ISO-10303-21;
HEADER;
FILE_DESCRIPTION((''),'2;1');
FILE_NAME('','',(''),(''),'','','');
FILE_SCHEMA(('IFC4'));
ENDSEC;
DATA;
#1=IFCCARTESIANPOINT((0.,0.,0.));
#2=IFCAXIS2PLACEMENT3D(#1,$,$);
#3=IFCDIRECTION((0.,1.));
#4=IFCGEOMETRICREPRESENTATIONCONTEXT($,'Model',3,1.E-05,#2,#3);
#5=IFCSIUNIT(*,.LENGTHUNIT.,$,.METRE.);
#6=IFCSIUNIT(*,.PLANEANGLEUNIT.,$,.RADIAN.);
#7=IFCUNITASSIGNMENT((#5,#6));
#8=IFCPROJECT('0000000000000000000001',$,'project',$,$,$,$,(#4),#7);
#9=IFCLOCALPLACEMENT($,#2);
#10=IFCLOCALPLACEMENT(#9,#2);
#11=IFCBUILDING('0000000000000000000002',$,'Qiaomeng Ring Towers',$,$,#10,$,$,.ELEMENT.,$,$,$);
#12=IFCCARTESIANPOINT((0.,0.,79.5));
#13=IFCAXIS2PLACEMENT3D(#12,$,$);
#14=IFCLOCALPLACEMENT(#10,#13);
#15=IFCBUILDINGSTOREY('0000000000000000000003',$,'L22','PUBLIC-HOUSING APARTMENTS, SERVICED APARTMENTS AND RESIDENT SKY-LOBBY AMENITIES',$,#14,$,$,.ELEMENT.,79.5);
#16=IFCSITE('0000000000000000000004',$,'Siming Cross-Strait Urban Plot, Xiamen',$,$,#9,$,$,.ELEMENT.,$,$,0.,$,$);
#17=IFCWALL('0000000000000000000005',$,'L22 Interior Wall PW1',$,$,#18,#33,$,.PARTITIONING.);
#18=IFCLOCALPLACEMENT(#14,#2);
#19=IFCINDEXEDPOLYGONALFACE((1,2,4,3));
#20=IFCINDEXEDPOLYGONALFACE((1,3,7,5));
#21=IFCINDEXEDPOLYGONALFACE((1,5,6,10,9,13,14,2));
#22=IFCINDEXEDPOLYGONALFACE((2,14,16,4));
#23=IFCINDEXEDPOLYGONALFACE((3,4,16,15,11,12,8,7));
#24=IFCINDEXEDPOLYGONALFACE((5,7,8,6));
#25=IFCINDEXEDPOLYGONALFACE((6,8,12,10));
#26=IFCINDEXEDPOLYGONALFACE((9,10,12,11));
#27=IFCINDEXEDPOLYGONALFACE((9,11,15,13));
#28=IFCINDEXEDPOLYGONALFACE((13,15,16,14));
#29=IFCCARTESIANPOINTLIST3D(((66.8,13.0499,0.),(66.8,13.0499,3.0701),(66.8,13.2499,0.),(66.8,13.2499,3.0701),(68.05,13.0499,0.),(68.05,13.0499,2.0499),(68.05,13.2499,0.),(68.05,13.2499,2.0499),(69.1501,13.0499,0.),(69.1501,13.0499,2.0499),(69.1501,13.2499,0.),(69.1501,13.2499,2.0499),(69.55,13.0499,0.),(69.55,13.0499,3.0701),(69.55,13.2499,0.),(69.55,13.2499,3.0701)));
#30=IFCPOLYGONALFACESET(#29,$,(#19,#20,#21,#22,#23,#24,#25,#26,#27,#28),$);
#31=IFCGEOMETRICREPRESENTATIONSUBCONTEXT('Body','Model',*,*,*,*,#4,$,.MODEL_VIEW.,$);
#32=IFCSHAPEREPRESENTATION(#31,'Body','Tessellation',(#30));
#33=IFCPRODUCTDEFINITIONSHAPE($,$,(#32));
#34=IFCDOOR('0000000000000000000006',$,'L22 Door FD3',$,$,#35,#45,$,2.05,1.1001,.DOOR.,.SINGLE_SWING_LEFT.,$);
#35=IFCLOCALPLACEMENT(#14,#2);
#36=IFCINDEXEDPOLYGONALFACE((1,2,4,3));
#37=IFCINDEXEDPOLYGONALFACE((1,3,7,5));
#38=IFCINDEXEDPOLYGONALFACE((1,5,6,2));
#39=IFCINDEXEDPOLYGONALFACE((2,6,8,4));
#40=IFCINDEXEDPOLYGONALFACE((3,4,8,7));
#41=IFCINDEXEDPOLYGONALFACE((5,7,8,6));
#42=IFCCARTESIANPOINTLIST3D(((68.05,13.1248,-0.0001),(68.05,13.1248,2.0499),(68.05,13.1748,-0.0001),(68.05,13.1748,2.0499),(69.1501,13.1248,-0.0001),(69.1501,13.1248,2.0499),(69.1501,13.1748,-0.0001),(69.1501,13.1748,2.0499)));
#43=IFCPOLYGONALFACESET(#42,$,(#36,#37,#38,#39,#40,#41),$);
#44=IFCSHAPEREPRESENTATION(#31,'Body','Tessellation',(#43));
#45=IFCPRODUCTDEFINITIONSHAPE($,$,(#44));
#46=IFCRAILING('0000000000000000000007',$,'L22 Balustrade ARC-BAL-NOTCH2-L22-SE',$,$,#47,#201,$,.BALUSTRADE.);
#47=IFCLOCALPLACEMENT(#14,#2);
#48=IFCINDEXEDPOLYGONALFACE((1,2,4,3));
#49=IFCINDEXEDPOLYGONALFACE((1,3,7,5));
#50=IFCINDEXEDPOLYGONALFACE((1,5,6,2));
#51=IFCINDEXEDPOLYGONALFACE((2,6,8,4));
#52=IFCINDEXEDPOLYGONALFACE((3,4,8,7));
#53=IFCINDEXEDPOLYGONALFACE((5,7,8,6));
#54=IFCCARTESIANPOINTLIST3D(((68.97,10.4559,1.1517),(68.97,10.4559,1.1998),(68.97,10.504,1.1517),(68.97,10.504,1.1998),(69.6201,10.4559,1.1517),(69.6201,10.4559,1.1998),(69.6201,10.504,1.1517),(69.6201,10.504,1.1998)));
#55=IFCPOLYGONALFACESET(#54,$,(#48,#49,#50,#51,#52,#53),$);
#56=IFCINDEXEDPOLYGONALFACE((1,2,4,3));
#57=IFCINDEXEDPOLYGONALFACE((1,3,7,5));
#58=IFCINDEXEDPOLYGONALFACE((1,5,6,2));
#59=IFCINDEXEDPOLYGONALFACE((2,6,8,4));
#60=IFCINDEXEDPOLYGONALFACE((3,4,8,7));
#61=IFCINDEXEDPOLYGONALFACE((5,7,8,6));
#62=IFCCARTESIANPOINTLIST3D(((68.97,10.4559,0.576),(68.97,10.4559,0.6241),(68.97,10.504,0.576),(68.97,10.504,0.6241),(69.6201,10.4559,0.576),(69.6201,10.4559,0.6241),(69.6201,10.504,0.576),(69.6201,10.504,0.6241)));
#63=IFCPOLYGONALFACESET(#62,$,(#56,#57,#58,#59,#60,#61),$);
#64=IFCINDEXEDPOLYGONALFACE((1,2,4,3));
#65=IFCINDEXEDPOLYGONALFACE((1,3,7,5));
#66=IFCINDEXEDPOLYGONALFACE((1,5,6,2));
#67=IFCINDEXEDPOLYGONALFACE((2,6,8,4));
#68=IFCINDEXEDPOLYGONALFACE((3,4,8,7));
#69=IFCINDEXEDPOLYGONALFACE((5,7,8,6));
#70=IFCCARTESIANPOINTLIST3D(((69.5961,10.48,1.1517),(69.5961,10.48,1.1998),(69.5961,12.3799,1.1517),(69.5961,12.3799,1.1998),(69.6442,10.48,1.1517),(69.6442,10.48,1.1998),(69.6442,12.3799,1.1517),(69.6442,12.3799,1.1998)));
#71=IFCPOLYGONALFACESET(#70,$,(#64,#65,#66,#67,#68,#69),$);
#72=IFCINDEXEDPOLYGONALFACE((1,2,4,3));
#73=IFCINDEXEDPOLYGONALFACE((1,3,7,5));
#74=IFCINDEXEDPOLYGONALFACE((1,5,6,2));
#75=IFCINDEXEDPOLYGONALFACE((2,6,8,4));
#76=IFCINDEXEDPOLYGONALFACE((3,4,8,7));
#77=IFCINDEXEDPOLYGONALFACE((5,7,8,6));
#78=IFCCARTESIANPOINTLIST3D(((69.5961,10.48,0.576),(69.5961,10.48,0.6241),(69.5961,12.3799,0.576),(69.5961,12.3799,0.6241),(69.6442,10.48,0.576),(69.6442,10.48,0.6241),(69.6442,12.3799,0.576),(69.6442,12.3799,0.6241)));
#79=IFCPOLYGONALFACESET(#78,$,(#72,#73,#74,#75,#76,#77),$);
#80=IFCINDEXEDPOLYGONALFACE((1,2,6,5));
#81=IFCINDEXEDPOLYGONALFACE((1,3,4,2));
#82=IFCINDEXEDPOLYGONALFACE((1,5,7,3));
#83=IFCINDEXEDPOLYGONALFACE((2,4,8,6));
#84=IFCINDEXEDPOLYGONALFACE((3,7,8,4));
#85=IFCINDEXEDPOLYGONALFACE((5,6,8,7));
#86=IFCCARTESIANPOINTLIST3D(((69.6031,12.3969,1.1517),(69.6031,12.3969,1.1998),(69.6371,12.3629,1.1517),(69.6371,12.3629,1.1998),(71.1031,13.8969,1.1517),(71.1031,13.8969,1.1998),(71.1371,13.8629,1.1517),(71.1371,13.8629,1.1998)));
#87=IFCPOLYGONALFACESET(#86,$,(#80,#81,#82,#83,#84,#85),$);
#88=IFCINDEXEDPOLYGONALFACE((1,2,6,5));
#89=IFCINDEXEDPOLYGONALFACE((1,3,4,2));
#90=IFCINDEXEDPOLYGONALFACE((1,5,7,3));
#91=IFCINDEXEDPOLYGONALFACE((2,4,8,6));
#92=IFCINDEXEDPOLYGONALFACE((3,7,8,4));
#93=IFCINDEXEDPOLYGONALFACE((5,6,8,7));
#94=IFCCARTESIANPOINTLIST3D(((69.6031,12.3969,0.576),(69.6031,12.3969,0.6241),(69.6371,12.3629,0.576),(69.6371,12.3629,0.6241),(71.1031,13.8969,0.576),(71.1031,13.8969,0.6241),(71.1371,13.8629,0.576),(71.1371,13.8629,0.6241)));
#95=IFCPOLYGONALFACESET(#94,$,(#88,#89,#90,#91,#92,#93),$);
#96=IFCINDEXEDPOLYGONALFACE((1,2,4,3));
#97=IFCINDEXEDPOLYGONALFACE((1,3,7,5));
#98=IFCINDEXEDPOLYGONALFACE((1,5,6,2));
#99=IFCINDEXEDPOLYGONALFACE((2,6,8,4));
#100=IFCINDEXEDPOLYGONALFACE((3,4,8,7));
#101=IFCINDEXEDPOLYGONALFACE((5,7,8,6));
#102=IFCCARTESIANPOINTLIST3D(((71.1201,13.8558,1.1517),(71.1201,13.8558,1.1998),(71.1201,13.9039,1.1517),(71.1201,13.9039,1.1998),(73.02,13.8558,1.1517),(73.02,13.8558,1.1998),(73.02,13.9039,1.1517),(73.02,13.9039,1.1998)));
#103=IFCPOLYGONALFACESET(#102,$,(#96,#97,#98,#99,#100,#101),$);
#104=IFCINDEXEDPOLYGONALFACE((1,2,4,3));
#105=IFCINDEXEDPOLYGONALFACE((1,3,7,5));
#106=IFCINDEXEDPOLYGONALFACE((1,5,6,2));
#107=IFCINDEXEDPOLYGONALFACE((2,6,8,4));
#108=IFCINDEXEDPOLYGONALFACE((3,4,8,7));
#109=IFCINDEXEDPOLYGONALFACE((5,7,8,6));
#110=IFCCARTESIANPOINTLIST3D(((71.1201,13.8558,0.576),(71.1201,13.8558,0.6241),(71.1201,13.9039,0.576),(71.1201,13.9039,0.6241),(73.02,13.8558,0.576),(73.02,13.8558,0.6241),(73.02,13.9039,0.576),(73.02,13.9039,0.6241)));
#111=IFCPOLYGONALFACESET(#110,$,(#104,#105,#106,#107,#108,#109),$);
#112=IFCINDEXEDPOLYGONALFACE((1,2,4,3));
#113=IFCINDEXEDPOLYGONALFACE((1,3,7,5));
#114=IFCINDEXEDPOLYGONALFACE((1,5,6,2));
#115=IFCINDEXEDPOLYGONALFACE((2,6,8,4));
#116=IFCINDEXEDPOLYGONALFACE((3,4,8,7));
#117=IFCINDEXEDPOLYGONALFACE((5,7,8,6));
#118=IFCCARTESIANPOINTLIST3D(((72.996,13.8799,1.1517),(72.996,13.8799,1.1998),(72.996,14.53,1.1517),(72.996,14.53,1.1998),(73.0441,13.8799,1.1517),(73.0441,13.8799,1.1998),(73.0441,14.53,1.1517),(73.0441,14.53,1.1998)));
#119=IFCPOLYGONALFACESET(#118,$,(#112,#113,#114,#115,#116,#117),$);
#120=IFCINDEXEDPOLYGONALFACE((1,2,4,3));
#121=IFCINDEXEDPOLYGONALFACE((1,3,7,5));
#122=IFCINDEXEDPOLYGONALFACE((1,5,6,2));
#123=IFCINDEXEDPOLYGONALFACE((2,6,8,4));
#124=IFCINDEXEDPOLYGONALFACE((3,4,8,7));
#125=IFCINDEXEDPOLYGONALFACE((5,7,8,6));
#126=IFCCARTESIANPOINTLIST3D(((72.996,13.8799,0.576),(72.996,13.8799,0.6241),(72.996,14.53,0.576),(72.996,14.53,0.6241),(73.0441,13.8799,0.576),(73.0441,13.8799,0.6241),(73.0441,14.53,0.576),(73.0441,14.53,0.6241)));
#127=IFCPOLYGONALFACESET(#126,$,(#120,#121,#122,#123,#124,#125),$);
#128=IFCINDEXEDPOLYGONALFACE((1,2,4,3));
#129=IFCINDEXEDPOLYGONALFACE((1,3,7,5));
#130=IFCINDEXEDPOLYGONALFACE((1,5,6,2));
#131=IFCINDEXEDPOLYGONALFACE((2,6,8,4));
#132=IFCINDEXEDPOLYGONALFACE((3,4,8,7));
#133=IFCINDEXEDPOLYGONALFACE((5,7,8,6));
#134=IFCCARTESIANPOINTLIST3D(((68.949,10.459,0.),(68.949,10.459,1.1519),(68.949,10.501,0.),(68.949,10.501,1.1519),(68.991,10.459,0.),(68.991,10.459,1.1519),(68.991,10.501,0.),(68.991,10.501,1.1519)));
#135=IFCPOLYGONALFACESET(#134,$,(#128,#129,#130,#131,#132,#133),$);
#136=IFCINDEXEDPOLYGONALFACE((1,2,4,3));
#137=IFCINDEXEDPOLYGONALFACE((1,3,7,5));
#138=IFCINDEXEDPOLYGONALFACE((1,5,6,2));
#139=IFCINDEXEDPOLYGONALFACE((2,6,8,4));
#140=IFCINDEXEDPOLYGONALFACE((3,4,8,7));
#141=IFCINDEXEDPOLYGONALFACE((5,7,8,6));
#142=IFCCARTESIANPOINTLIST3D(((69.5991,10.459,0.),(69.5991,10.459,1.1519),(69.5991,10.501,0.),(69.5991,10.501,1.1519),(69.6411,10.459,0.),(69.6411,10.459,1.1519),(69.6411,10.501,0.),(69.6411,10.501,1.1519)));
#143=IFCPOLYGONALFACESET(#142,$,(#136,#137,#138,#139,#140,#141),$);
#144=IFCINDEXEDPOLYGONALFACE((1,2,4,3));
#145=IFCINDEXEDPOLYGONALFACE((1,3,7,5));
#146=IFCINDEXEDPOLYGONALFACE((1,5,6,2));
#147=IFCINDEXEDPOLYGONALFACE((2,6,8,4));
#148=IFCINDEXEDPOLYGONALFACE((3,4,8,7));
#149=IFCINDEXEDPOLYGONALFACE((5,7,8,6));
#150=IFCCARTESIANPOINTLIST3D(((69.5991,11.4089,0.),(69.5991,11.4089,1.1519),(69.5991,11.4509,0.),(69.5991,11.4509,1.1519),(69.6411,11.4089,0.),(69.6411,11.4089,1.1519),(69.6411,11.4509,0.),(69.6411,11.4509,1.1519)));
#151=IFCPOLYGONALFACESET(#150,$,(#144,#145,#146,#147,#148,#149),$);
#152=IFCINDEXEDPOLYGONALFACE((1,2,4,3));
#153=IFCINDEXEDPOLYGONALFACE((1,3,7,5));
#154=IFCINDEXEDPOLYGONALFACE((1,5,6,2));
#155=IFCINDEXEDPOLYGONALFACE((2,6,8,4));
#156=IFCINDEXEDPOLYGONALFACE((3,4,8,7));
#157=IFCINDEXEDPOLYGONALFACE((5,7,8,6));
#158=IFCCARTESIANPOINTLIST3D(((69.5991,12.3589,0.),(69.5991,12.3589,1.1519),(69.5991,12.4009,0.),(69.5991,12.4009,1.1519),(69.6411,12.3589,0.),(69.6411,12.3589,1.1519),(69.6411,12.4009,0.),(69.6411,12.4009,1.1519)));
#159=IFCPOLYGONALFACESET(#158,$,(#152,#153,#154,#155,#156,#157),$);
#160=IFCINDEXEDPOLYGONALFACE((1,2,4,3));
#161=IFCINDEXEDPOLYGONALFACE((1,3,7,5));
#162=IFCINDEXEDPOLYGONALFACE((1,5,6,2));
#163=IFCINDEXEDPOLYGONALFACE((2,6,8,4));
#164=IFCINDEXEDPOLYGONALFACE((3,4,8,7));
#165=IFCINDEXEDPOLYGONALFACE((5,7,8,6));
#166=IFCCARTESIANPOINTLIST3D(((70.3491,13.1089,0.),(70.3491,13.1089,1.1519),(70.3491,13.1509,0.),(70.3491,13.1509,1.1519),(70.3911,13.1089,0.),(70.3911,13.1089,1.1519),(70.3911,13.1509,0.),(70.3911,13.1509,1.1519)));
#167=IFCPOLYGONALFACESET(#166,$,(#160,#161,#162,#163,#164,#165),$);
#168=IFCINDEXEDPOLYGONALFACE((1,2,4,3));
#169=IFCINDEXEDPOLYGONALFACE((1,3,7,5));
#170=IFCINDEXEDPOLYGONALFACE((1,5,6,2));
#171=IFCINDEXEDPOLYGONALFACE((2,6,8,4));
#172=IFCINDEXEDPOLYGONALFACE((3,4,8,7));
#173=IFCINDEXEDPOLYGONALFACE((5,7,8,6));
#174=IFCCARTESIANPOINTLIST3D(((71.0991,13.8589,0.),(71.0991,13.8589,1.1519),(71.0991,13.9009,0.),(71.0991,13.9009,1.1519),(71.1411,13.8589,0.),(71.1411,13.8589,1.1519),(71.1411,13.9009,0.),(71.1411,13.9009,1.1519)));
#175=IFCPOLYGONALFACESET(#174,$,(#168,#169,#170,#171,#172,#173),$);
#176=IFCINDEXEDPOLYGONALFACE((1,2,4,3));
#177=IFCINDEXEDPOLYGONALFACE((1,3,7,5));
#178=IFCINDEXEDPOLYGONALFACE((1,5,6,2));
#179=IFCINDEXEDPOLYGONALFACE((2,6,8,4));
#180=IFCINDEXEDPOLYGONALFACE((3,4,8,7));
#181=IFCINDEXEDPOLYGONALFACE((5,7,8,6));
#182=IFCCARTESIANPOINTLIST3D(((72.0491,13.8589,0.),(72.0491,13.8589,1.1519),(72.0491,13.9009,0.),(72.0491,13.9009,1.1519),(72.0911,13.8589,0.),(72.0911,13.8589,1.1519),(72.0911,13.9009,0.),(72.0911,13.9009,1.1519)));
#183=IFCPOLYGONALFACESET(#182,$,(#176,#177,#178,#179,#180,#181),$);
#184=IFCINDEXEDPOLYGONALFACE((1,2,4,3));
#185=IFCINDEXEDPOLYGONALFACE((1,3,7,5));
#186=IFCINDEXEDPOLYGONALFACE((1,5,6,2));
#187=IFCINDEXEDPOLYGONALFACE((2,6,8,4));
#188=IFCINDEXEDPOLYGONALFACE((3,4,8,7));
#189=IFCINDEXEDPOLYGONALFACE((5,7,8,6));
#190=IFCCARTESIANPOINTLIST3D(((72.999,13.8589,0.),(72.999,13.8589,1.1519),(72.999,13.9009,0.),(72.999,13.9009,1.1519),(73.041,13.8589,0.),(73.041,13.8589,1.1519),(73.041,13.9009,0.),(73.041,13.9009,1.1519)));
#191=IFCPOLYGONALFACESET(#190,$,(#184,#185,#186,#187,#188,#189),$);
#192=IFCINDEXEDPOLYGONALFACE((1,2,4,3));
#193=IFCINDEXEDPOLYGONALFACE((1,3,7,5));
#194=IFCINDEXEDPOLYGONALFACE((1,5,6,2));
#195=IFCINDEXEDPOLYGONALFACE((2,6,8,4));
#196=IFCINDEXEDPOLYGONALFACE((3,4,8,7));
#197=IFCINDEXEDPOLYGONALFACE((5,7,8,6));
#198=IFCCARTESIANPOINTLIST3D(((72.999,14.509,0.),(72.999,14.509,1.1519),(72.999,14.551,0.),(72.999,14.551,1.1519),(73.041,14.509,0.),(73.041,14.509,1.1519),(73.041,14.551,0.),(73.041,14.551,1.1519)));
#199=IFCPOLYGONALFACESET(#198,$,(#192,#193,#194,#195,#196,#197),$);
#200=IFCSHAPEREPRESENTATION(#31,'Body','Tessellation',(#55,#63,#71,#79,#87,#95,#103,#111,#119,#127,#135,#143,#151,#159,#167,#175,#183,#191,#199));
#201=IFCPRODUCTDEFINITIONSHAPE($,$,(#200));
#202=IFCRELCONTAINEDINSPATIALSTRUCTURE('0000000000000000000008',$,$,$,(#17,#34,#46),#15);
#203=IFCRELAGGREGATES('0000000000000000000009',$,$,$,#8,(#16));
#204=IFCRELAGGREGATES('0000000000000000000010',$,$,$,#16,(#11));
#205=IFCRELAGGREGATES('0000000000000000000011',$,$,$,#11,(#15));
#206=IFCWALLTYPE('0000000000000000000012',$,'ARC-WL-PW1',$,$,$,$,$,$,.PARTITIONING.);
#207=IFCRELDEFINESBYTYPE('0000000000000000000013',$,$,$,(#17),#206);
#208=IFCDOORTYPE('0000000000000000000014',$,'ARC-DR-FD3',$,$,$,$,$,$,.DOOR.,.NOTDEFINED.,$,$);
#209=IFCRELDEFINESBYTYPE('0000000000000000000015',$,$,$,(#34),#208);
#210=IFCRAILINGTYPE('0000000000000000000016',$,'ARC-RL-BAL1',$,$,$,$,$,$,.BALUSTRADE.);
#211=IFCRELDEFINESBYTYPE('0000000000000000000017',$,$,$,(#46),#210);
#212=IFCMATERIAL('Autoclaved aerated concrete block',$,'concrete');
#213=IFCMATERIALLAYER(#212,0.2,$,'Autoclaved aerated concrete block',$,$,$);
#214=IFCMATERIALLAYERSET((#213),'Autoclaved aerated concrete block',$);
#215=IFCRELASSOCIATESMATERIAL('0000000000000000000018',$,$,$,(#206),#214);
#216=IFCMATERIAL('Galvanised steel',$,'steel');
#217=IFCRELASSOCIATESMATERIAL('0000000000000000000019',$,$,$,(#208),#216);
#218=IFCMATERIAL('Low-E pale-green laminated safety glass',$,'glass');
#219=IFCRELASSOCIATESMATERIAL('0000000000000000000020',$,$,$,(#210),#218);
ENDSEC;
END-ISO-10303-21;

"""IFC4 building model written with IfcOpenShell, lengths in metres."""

from ifc_helpers import new_model, si_unit, direction, frame, frame_2d, origin, origin_2d, place, context, subcontext, project, spatial, rectangle, extrude, source, transform, mapped, material, layer, layer_set, type_object, element, fill, save


model = new_model("IFC4")

# Units and contexts
model_context = context("Model", 3, precision=1e-05, world=origin(), true_north=direction((0.0, 1.0)))
body_context = subcontext(model_context, "Body", "Model", "MODEL_VIEW")
ifc_project = project(units=[si_unit("LENGTHUNIT", "METRE"), si_unit("PLANEANGLEUNIT", "RADIAN")], contexts=[model_context])

# Site, building, storey
site_placement = place(None, origin())
site = spatial("IfcSite", under=ifc_project, at=site_placement, Name="Siming Cross-Strait Urban Plot, Xiamen", CompositionType="ELEMENT", RefElevation=0.0)
building_placement = place(site_placement, origin())
building = spatial("IfcBuilding", under=site, at=building_placement, Name="Qiaomeng Ring Towers", CompositionType="ELEMENT")
storey_placement = place(building_placement, frame((0.0, 0.0, 79.5)))
storey = spatial("IfcBuildingStorey", under=building, at=storey_placement, Name="L22", Description="PUBLIC-HOUSING APARTMENTS, SERVICED APARTMENTS AND RESIDENT SKY-LOBBY AMENITIES", CompositionType="ELEMENT", Elevation=79.5)

# Shared definitions
ifc_material_1 = material(Name="Autoclaved aerated concrete block", Category="concrete")
ifc_layer_1 = layer(ifc_material_1, 0.2, Name="Autoclaved aerated concrete block")
ifc_layer_set_1 = layer_set([ifc_layer_1], Name="Autoclaved aerated concrete block")
wall_type_1 = type_object("IfcWallType", Name="ARC-WL-PW1", PredefinedType="PARTITIONING", material=ifc_layer_set_1)

# Wall, opening, door
wall_1_placement = place(storey_placement, frame((66.8, 13.1499, 0.0), z_axis=(0.0, 0.0, 1.0), x_axis=(1.0, 0.0, 0.0)))
wall_1 = element("IfcWall", 1, at=wall_1_placement, inside=storey, type_object=wall_type_1, Name="L22 Interior Wall PW1", PredefinedType="PARTITIONING", context=body_context, shape_type="SweptSolid", body=[
    extrude(rectangle(XDim=2.75, YDim=0.2, at=frame_2d((1.375, 0.0))), origin(), (0.0, 0.0, 1.0), 3.0701),
])
opening_1_placement = place(wall_1_placement, frame((1.25, 0.0, 0.0)))
opening_1 = element("IfcOpeningElement", 2, at=opening_1_placement, cuts=wall_1, PredefinedType="OPENING", context=body_context, shape_type="SweptSolid", body=[
    extrude(rectangle(XDim=1.1001, YDim=2.05, at=frame_2d((0.55, 1.0249))), frame((0.0, 0.1099, 0.0), z_axis=(0.0, -1.0, 0.0), x_axis=(1.0, 0.0, 0.0)), (0.0, 0.0, 1.0), 0.22),
])
ifc_material_2 = material(Name="Galvanised steel", Category="steel")
door_type_1 = type_object("IfcDoorType", Name="ARC-DR-FD3", OperationType="NOTDEFINED", PredefinedType="DOOR", material=ifc_material_2)
shared_shape_1 = source(origin(), body_context, "Body", "SweptSolid", [
    extrude(rectangle(XDim=1.1001, YDim=2.05, at=frame_2d((0.55, 1.0249))), frame((0.0, 0.0249, 0.0), z_axis=(0.0, -1.0, 0.0), x_axis=(1.0, 0.0, 0.0)), (0.0, 0.0, 1.0), 0.05),
])
door_1_placement = place(opening_1_placement, origin())
door_1 = element("IfcDoor", 3, at=door_1_placement, inside=storey, type_object=door_type_1, Name="L22 Door FD3", OperationType="SINGLE_SWING_LEFT", OverallHeight=2.05, OverallWidth=1.1001, PredefinedType="DOOR", context=body_context, shape_type="MappedRepresentation", body=[
    mapped(shared_shape_1, transform((0.0, 0.0, 0.0), x_axis=(1.0, 0.0, 0.0), y_axis=(0.0, 1.0, 0.0), z_axis=(0.0, 0.0, 1.0), scale=1.0)),
])
fill(opening_1, door_1)

# Railing
ifc_material_3 = material(Name="Low-E pale-green laminated safety glass", Category="glass")
railing_type = type_object("IfcRailingType", Name="ARC-RL-BAL1", PredefinedType="BALUSTRADE", material=ifc_material_3)
railing_placement = place(storey_placement, frame((68.97, 10.48, 0.0)))
element("IfcRailing", 4, at=railing_placement, inside=storey, type_object=railing_type, Name="L22 Balustrade ARC-BAL-NOTCH2-L22-SE", PredefinedType="BALUSTRADE", context=body_context, shape_type="SweptSolid", body=[
    extrude(rectangle(XDim=0.0481, YDim=0.0481, at=origin_2d()), frame((0.0, 0.0, 1.1758), z_axis=(1.0, 0.0, 0.0), x_axis=(0.0, 1.0, 0.0)), (0.0, 0.0, 1.0), 0.6501),
    extrude(rectangle(XDim=0.0481, YDim=0.0481, at=origin_2d()), frame((0.0, 0.0, 0.6001), z_axis=(1.0, 0.0, 0.0), x_axis=(0.0, 1.0, 0.0)), (0.0, 0.0, 1.0), 0.6501),
    extrude(rectangle(XDim=0.0481, YDim=0.0481, at=origin_2d()), frame((0.6501, 0.0, 1.1758), z_axis=(0.0, 1.0, 0.0), x_axis=(-1.0, 0.0, 0.0)), (0.0, 0.0, 1.0), 1.8999),
    extrude(rectangle(XDim=0.0481, YDim=0.0481, at=origin_2d()), frame((0.6501, 0.0, 0.6001), z_axis=(0.0, 1.0, 0.0), x_axis=(-1.0, 0.0, 0.0)), (0.0, 0.0, 1.0), 1.8999),
    extrude(rectangle(XDim=0.0481, YDim=0.0481, at=origin_2d()), frame((0.6501, 1.8999, 1.1758), z_axis=(0.707107, 0.707107, 0.0), x_axis=(-0.707107, 0.707107, 0.0)), (0.0, 0.0, 1.0), 2.1213),
    extrude(rectangle(XDim=0.0481, YDim=0.0481, at=origin_2d()), frame((0.6501, 1.8999, 0.6001), z_axis=(0.707107, 0.707107, 0.0), x_axis=(-0.707107, 0.707107, 0.0)), (0.0, 0.0, 1.0), 2.1213),
    extrude(rectangle(XDim=0.0481, YDim=0.0481, at=origin_2d()), frame((2.1501, 3.3999, 1.1758), z_axis=(1.0, 0.0, 0.0), x_axis=(0.0, 1.0, 0.0)), (0.0, 0.0, 1.0), 1.8999),
    extrude(rectangle(XDim=0.0481, YDim=0.0481, at=origin_2d()), frame((2.1501, 3.3999, 0.6001), z_axis=(1.0, 0.0, 0.0), x_axis=(0.0, 1.0, 0.0)), (0.0, 0.0, 1.0), 1.8999),
    extrude(rectangle(XDim=0.0481, YDim=0.0481, at=origin_2d()), frame((4.05, 3.3999, 1.1758), z_axis=(0.0, 1.0, 0.0), x_axis=(-1.0, 0.0, 0.0)), (0.0, 0.0, 1.0), 0.6501),
    extrude(rectangle(XDim=0.0481, YDim=0.0481, at=origin_2d()), frame((4.05, 3.3999, 0.6001), z_axis=(0.0, 1.0, 0.0), x_axis=(-1.0, 0.0, 0.0)), (0.0, 0.0, 1.0), 0.6501),
    extrude(rectangle(XDim=0.042, YDim=0.042, at=origin_2d()), origin(), (0.0, 0.0, 1.0), 1.1519),
    extrude(rectangle(XDim=0.042, YDim=0.042, at=origin_2d()), frame((0.6501, 0.0, 0.0)), (0.0, 0.0, 1.0), 1.1519),
    extrude(rectangle(XDim=0.042, YDim=0.042, at=origin_2d()), frame((0.6501, 0.95, 0.0)), (0.0, 0.0, 1.0), 1.1519),
    extrude(rectangle(XDim=0.042, YDim=0.042, at=origin_2d()), frame((0.6501, 1.8999, 0.0)), (0.0, 0.0, 1.0), 1.1519),
    extrude(rectangle(XDim=0.042, YDim=0.042, at=origin_2d()), frame((1.4001, 2.6499, 0.0)), (0.0, 0.0, 1.0), 1.1519),
    extrude(rectangle(XDim=0.042, YDim=0.042, at=origin_2d()), frame((2.1501, 3.3999, 0.0)), (0.0, 0.0, 1.0), 1.1519),
    extrude(rectangle(XDim=0.042, YDim=0.042, at=origin_2d()), frame((3.1001, 3.3999, 0.0)), (0.0, 0.0, 1.0), 1.1519),
    extrude(rectangle(XDim=0.042, YDim=0.042, at=origin_2d()), frame((4.05, 3.3999, 0.0)), (0.0, 0.0, 1.0), 1.1519),
    extrude(rectangle(XDim=0.042, YDim=0.042, at=origin_2d()), frame((4.05, 4.05, 0.0)), (0.0, 0.0, 1.0), 1.1519),
])

save(model, "model.ifc")
